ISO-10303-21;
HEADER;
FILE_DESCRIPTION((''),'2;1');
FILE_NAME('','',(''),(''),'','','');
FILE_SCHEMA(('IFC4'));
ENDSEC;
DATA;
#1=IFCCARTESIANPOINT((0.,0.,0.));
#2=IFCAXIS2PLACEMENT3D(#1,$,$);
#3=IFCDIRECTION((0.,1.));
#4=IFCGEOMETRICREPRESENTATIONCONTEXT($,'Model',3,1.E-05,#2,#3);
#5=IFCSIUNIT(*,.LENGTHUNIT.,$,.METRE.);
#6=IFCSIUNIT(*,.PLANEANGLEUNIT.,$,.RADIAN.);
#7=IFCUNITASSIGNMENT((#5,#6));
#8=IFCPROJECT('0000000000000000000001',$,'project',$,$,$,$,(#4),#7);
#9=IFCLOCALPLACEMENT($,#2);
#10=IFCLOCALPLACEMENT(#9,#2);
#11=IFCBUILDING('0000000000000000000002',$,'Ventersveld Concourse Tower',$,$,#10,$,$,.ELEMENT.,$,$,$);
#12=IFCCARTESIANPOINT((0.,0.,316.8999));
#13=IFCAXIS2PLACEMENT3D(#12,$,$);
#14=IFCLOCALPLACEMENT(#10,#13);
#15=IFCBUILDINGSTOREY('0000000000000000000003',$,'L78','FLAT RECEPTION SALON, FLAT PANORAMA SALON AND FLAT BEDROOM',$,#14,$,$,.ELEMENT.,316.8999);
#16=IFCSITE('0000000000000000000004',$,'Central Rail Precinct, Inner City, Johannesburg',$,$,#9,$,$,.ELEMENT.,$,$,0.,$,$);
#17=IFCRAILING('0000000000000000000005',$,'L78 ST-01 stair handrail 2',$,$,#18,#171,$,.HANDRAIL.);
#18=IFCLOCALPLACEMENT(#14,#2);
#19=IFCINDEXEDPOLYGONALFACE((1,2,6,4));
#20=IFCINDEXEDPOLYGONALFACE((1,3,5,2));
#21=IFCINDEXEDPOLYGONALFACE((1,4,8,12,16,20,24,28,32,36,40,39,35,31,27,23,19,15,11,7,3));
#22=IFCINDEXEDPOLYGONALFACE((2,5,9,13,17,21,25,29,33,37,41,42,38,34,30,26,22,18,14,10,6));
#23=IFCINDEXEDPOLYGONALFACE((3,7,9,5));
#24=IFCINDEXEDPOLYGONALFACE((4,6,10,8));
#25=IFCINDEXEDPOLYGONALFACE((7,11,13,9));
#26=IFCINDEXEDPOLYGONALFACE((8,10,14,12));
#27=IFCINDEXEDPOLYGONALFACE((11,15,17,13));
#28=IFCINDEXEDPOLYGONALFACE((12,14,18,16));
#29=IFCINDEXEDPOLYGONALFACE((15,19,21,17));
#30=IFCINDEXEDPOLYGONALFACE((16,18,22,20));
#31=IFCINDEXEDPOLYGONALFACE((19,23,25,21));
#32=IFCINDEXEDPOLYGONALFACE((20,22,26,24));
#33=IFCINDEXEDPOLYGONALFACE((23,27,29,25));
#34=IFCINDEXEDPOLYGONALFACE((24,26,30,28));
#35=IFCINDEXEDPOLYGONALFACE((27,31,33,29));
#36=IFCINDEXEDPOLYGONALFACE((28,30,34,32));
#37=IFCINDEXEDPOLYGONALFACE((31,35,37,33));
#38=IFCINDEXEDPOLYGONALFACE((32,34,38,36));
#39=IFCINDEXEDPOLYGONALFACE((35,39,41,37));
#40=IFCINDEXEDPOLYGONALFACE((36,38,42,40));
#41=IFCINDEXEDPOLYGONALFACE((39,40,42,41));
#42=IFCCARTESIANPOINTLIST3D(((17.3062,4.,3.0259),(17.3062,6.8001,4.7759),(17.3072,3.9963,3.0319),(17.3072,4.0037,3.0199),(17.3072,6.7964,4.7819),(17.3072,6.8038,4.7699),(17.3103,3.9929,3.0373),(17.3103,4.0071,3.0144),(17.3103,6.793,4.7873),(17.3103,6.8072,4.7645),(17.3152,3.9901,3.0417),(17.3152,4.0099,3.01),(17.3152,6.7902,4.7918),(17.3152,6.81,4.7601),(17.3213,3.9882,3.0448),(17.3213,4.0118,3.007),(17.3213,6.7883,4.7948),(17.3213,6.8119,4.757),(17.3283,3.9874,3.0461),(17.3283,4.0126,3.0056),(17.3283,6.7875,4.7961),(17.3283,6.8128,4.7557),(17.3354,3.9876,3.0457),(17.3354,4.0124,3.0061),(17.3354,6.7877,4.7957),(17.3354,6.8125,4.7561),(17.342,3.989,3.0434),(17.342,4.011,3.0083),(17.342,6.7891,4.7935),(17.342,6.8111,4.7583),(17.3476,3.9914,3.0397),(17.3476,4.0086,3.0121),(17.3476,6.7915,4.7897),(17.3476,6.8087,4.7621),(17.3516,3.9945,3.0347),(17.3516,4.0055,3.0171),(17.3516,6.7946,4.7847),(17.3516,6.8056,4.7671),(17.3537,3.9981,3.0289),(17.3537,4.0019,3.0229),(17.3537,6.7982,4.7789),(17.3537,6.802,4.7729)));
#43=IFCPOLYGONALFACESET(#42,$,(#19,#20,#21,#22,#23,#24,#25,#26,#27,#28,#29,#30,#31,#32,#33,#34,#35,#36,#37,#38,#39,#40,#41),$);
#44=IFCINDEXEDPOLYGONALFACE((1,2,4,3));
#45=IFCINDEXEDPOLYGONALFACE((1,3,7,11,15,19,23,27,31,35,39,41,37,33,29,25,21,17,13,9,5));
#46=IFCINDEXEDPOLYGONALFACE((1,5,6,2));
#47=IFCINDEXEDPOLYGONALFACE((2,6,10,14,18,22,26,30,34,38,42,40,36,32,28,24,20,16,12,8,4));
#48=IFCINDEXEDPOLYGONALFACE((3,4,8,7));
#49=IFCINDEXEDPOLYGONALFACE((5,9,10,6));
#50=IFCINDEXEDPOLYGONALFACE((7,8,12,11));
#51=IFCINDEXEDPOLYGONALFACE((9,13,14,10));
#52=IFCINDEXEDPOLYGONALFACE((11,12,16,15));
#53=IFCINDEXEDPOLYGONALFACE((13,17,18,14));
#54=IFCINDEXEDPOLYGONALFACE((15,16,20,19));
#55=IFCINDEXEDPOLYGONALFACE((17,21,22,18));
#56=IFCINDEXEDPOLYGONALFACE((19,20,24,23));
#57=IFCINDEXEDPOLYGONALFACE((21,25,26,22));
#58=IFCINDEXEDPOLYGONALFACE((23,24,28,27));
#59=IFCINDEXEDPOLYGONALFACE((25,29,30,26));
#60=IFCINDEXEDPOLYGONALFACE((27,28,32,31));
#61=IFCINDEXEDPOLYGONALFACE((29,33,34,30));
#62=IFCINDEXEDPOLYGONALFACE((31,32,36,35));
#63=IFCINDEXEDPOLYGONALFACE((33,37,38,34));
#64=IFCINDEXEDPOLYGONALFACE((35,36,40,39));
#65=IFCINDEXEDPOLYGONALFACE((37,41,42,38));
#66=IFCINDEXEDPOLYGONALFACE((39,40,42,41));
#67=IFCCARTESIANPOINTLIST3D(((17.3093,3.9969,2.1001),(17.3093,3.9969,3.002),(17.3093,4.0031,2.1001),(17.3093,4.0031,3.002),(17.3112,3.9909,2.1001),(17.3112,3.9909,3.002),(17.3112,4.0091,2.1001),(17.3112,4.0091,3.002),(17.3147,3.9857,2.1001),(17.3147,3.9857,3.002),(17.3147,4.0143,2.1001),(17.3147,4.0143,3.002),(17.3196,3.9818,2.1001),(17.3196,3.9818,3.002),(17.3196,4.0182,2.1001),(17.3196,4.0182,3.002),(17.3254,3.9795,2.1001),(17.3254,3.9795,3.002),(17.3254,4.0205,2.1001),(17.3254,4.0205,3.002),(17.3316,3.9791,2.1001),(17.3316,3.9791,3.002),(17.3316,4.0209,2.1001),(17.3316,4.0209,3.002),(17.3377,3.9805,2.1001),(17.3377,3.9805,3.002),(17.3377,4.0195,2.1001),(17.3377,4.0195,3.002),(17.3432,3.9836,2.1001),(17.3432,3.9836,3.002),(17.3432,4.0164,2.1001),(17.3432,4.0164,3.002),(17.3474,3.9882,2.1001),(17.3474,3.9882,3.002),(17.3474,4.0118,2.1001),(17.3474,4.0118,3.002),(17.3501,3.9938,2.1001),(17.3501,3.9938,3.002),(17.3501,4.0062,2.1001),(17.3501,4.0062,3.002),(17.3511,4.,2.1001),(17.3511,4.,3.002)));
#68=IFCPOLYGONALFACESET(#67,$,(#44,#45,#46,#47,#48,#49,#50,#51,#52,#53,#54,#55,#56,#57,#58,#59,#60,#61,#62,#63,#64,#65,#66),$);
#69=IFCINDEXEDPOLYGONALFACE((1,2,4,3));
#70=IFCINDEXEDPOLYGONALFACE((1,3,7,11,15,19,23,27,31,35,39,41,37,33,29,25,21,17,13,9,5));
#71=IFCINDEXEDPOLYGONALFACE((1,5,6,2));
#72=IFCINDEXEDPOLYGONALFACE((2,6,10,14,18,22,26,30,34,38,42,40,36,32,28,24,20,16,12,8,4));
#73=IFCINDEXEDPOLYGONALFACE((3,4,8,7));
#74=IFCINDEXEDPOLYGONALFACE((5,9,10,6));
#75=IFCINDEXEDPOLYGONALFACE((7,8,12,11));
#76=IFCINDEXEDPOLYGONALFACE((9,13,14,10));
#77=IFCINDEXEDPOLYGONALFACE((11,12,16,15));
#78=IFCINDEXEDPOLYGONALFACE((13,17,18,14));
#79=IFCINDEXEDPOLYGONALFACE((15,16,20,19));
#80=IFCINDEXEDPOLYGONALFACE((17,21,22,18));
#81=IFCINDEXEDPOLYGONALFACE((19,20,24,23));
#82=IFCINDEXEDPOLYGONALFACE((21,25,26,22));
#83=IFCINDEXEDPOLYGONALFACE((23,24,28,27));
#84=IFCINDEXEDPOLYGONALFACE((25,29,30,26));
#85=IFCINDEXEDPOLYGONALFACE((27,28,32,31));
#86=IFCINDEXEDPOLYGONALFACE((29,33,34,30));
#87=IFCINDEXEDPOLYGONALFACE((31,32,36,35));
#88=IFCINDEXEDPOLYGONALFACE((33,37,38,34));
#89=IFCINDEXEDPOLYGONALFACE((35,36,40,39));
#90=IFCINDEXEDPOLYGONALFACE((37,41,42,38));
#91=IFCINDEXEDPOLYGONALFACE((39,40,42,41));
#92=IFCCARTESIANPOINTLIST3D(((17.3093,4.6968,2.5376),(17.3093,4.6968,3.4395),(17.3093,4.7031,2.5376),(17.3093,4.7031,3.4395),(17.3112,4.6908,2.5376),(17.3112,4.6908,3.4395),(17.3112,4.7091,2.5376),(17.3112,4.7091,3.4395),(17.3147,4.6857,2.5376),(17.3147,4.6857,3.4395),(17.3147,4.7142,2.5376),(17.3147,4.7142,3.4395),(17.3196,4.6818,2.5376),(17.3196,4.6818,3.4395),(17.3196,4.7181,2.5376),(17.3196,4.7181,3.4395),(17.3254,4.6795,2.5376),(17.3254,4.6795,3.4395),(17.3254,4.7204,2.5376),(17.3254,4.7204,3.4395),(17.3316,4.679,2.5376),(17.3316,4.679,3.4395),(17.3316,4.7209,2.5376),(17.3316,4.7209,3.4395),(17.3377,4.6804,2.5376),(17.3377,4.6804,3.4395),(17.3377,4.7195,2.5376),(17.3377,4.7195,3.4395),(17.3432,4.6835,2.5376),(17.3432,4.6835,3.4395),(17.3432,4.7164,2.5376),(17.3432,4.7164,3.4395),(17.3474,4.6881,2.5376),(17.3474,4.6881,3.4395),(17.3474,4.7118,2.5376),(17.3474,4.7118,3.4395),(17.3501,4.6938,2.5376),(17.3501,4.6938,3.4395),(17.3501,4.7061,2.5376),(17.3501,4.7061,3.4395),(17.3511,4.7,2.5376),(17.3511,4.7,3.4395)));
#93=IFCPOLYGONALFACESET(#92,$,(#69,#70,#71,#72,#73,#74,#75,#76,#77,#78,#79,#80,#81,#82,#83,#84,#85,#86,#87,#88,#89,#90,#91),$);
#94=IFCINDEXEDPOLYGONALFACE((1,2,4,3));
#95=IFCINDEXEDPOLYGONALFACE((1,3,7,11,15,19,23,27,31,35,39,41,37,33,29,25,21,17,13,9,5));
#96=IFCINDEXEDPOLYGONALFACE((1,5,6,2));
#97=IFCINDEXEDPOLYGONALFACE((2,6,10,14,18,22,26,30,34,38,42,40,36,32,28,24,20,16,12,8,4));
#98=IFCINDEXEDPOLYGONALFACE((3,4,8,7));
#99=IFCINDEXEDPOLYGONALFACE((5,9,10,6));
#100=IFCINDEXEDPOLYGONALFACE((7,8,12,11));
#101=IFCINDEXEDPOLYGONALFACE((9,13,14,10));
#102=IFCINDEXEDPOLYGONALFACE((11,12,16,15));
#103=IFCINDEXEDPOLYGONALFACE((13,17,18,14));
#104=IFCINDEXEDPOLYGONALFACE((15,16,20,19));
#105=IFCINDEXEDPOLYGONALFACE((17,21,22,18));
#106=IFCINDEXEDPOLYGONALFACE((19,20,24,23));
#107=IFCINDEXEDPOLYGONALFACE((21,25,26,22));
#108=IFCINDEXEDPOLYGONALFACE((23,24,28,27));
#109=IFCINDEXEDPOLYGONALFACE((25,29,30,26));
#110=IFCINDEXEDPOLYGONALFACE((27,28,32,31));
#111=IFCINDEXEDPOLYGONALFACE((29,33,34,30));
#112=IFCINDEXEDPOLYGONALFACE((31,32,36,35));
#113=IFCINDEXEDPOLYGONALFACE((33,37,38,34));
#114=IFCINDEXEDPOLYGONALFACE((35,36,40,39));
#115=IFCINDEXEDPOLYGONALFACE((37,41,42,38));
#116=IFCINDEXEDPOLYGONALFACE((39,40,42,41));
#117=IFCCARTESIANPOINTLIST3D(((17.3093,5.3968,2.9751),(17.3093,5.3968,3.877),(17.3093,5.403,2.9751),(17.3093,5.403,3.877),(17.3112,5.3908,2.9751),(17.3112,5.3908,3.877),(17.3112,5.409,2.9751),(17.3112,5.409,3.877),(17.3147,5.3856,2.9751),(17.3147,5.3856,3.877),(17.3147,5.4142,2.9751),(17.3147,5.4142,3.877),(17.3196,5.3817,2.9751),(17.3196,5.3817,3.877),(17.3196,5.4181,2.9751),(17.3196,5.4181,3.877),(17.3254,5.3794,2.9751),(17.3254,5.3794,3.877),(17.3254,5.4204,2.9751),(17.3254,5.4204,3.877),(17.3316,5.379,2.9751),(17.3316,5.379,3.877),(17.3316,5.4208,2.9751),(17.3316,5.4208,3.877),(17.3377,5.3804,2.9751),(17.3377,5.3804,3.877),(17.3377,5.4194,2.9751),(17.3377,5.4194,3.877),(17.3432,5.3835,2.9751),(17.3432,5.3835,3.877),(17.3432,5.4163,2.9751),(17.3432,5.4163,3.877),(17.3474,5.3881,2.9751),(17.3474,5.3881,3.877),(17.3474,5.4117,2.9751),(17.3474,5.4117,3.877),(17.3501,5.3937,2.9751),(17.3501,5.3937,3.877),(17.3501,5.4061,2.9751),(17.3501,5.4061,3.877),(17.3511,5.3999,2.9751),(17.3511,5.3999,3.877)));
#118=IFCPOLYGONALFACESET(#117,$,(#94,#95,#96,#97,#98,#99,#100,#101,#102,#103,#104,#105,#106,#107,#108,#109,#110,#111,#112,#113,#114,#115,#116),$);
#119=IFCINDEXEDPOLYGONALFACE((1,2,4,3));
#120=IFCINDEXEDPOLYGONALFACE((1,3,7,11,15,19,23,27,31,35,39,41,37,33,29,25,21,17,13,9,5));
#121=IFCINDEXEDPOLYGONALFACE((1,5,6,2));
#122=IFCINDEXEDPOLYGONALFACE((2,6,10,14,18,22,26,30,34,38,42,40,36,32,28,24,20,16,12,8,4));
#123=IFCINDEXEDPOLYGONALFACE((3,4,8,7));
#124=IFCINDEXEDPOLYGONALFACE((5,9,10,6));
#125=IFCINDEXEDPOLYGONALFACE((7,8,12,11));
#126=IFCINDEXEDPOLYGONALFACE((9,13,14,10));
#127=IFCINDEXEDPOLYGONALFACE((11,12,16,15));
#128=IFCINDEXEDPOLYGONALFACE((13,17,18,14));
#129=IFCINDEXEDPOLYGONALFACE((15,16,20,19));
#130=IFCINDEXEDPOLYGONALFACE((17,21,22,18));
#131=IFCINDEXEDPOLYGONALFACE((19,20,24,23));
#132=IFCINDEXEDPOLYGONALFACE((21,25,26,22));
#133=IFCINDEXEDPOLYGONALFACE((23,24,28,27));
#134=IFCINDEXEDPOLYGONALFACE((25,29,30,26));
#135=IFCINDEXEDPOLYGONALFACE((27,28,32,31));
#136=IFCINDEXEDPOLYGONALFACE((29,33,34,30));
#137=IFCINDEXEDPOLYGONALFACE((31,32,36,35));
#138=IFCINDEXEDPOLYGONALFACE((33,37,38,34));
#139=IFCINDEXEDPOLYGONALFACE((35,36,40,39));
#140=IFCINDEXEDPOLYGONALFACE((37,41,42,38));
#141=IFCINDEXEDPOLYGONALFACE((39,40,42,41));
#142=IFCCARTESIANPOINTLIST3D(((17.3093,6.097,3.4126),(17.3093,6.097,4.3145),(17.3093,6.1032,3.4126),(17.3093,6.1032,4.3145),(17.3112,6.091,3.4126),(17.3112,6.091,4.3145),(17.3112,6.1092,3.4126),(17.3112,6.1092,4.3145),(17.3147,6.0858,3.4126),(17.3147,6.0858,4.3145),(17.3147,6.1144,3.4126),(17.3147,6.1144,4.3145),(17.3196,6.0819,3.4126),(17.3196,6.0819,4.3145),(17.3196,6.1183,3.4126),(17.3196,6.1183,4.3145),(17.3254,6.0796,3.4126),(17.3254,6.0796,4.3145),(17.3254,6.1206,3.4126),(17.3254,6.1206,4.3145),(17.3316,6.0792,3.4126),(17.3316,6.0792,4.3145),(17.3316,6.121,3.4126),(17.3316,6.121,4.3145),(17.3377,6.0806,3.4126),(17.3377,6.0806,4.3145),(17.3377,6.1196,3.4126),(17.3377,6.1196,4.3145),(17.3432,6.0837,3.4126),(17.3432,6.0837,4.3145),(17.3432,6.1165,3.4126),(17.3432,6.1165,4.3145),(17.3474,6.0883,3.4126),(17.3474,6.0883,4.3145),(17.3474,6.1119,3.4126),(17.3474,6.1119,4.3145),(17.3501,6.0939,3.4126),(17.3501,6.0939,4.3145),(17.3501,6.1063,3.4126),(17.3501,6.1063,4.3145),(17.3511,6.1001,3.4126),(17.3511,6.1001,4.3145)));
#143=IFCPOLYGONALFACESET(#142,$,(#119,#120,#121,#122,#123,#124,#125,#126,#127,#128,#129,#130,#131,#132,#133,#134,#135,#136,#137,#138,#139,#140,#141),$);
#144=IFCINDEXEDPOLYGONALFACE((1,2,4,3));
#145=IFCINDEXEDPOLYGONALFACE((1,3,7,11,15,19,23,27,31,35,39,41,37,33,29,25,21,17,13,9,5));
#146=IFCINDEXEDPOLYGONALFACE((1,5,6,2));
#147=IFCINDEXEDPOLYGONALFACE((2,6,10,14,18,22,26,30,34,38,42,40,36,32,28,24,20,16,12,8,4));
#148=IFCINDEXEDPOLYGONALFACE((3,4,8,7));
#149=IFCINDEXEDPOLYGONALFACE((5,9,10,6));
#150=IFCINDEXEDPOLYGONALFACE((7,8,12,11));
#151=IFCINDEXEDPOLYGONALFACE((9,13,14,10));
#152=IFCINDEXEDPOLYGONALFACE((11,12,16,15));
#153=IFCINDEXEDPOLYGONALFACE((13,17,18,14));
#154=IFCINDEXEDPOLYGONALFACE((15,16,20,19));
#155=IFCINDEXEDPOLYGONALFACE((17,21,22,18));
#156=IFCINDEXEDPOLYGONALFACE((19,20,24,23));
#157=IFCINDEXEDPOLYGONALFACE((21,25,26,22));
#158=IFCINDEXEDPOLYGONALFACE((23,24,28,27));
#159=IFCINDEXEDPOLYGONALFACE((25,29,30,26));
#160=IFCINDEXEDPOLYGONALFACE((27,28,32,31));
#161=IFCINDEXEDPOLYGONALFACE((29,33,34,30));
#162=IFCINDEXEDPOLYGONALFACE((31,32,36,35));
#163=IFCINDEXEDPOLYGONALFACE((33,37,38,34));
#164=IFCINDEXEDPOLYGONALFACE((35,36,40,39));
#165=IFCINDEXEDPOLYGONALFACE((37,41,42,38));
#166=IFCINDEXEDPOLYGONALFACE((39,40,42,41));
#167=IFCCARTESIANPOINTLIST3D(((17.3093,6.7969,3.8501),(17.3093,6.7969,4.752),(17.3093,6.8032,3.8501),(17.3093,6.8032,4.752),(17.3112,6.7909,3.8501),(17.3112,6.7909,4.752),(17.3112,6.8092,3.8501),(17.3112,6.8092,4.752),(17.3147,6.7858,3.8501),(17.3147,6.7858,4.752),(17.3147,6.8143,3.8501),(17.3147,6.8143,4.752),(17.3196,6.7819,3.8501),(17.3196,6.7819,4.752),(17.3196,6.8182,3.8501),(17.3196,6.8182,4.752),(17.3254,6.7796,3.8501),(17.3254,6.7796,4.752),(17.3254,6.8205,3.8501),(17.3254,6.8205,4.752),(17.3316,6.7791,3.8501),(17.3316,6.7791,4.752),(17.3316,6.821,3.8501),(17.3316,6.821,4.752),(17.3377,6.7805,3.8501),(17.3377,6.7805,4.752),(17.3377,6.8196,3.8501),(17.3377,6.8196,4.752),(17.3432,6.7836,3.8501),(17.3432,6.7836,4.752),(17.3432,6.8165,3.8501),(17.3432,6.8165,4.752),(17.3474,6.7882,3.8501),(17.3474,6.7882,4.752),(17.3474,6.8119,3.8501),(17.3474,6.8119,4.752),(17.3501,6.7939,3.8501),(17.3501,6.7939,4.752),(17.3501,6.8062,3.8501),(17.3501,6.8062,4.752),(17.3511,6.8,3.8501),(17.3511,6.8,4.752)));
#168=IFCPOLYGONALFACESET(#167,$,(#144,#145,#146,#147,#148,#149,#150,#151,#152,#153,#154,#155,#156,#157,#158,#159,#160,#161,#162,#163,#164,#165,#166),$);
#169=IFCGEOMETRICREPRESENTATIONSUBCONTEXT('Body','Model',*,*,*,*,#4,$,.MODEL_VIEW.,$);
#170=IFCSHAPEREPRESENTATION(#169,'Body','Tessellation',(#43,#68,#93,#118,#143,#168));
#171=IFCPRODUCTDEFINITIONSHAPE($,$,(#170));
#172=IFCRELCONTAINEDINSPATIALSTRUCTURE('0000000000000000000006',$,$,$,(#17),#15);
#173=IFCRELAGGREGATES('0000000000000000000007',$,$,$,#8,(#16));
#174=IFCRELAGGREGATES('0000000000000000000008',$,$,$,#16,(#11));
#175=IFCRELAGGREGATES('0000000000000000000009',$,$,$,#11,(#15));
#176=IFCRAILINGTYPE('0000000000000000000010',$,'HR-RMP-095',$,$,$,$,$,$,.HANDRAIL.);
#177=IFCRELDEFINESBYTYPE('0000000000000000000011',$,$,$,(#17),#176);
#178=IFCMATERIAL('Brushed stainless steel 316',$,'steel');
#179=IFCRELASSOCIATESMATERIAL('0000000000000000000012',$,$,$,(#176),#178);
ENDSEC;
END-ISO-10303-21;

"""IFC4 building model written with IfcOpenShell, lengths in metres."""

from ifc_helpers import new_model, si_unit, direction, frame, origin, origin_2d, place, context, subcontext, project, spatial, circle, extrude, material, type_object, element, save


model = new_model("IFC4")

# Units and contexts
model_context = context("Model", 3, precision=1e-05, world=origin(), true_north=direction((0.0, 1.0)))
body_context = subcontext(model_context, "Body", "Model", "MODEL_VIEW")
ifc_project = project(units=[si_unit("LENGTHUNIT", "METRE"), si_unit("PLANEANGLEUNIT", "RADIAN")], contexts=[model_context])

# Site, building, storey
site_placement = place(None, origin())
site = spatial("IfcSite", under=ifc_project, at=site_placement, Name="Central Rail Precinct, Inner City, Johannesburg", CompositionType="ELEMENT", RefElevation=0.0)
building_placement = place(site_placement, origin())
building = spatial("IfcBuilding", under=site, at=building_placement, Name="Ventersveld Concourse Tower", CompositionType="ELEMENT")
storey_placement = place(building_placement, frame((0.0, 0.0, 316.8999)))
storey = spatial("IfcBuildingStorey", under=building, at=storey_placement, Name="L78", Description="FLAT RECEPTION SALON, FLAT PANORAMA SALON AND FLAT BEDROOM", CompositionType="ELEMENT", Elevation=316.8999)

# Railing
ifc_material_1 = material(Name="Brushed stainless steel 316", Category="steel")
railing_type_1 = type_object("IfcRailingType", Name="HR-RMP-095", PredefinedType="HANDRAIL", material=ifc_material_1)
railing_1_placement = place(storey_placement, frame((17.3301, 4.0, 2.1001)))
element("IfcRailing", 1, at=railing_1_placement, inside=storey, type_object=railing_type_1, Name="L78 ST-01 stair handrail 2", PredefinedType="HANDRAIL", context=body_context, shape_type="SweptSolid", body=[
    extrude(circle(Radius=0.0239, at=origin_2d()), frame((0.0, 0.0, 0.9258), z_axis=(0.0, 0.848002, 0.529992), x_axis=(-1.0, 0.0, 0.0)), (0.0, 0.0, 1.0), 3.302),
    extrude(circle(Radius=0.021, at=origin_2d()), origin(), (0.0, 0.0, 1.0), 0.9019),
    extrude(circle(Radius=0.021, at=origin_2d()), frame((0.0, 0.7, 0.4375)), (0.0, 0.0, 1.0), 0.9019),
    extrude(circle(Radius=0.021, at=origin_2d()), frame((0.0, 1.3999, 0.875)), (0.0, 0.0, 1.0), 0.9019),
    extrude(circle(Radius=0.021, at=origin_2d()), frame((0.0, 2.1001, 1.3125)), (0.0, 0.0, 1.0), 0.9019),
    extrude(circle(Radius=0.021, at=origin_2d()), frame((0.0, 2.8, 1.75)), (0.0, 0.0, 1.0), 0.9019),
])

save(model, "model.ifc")
